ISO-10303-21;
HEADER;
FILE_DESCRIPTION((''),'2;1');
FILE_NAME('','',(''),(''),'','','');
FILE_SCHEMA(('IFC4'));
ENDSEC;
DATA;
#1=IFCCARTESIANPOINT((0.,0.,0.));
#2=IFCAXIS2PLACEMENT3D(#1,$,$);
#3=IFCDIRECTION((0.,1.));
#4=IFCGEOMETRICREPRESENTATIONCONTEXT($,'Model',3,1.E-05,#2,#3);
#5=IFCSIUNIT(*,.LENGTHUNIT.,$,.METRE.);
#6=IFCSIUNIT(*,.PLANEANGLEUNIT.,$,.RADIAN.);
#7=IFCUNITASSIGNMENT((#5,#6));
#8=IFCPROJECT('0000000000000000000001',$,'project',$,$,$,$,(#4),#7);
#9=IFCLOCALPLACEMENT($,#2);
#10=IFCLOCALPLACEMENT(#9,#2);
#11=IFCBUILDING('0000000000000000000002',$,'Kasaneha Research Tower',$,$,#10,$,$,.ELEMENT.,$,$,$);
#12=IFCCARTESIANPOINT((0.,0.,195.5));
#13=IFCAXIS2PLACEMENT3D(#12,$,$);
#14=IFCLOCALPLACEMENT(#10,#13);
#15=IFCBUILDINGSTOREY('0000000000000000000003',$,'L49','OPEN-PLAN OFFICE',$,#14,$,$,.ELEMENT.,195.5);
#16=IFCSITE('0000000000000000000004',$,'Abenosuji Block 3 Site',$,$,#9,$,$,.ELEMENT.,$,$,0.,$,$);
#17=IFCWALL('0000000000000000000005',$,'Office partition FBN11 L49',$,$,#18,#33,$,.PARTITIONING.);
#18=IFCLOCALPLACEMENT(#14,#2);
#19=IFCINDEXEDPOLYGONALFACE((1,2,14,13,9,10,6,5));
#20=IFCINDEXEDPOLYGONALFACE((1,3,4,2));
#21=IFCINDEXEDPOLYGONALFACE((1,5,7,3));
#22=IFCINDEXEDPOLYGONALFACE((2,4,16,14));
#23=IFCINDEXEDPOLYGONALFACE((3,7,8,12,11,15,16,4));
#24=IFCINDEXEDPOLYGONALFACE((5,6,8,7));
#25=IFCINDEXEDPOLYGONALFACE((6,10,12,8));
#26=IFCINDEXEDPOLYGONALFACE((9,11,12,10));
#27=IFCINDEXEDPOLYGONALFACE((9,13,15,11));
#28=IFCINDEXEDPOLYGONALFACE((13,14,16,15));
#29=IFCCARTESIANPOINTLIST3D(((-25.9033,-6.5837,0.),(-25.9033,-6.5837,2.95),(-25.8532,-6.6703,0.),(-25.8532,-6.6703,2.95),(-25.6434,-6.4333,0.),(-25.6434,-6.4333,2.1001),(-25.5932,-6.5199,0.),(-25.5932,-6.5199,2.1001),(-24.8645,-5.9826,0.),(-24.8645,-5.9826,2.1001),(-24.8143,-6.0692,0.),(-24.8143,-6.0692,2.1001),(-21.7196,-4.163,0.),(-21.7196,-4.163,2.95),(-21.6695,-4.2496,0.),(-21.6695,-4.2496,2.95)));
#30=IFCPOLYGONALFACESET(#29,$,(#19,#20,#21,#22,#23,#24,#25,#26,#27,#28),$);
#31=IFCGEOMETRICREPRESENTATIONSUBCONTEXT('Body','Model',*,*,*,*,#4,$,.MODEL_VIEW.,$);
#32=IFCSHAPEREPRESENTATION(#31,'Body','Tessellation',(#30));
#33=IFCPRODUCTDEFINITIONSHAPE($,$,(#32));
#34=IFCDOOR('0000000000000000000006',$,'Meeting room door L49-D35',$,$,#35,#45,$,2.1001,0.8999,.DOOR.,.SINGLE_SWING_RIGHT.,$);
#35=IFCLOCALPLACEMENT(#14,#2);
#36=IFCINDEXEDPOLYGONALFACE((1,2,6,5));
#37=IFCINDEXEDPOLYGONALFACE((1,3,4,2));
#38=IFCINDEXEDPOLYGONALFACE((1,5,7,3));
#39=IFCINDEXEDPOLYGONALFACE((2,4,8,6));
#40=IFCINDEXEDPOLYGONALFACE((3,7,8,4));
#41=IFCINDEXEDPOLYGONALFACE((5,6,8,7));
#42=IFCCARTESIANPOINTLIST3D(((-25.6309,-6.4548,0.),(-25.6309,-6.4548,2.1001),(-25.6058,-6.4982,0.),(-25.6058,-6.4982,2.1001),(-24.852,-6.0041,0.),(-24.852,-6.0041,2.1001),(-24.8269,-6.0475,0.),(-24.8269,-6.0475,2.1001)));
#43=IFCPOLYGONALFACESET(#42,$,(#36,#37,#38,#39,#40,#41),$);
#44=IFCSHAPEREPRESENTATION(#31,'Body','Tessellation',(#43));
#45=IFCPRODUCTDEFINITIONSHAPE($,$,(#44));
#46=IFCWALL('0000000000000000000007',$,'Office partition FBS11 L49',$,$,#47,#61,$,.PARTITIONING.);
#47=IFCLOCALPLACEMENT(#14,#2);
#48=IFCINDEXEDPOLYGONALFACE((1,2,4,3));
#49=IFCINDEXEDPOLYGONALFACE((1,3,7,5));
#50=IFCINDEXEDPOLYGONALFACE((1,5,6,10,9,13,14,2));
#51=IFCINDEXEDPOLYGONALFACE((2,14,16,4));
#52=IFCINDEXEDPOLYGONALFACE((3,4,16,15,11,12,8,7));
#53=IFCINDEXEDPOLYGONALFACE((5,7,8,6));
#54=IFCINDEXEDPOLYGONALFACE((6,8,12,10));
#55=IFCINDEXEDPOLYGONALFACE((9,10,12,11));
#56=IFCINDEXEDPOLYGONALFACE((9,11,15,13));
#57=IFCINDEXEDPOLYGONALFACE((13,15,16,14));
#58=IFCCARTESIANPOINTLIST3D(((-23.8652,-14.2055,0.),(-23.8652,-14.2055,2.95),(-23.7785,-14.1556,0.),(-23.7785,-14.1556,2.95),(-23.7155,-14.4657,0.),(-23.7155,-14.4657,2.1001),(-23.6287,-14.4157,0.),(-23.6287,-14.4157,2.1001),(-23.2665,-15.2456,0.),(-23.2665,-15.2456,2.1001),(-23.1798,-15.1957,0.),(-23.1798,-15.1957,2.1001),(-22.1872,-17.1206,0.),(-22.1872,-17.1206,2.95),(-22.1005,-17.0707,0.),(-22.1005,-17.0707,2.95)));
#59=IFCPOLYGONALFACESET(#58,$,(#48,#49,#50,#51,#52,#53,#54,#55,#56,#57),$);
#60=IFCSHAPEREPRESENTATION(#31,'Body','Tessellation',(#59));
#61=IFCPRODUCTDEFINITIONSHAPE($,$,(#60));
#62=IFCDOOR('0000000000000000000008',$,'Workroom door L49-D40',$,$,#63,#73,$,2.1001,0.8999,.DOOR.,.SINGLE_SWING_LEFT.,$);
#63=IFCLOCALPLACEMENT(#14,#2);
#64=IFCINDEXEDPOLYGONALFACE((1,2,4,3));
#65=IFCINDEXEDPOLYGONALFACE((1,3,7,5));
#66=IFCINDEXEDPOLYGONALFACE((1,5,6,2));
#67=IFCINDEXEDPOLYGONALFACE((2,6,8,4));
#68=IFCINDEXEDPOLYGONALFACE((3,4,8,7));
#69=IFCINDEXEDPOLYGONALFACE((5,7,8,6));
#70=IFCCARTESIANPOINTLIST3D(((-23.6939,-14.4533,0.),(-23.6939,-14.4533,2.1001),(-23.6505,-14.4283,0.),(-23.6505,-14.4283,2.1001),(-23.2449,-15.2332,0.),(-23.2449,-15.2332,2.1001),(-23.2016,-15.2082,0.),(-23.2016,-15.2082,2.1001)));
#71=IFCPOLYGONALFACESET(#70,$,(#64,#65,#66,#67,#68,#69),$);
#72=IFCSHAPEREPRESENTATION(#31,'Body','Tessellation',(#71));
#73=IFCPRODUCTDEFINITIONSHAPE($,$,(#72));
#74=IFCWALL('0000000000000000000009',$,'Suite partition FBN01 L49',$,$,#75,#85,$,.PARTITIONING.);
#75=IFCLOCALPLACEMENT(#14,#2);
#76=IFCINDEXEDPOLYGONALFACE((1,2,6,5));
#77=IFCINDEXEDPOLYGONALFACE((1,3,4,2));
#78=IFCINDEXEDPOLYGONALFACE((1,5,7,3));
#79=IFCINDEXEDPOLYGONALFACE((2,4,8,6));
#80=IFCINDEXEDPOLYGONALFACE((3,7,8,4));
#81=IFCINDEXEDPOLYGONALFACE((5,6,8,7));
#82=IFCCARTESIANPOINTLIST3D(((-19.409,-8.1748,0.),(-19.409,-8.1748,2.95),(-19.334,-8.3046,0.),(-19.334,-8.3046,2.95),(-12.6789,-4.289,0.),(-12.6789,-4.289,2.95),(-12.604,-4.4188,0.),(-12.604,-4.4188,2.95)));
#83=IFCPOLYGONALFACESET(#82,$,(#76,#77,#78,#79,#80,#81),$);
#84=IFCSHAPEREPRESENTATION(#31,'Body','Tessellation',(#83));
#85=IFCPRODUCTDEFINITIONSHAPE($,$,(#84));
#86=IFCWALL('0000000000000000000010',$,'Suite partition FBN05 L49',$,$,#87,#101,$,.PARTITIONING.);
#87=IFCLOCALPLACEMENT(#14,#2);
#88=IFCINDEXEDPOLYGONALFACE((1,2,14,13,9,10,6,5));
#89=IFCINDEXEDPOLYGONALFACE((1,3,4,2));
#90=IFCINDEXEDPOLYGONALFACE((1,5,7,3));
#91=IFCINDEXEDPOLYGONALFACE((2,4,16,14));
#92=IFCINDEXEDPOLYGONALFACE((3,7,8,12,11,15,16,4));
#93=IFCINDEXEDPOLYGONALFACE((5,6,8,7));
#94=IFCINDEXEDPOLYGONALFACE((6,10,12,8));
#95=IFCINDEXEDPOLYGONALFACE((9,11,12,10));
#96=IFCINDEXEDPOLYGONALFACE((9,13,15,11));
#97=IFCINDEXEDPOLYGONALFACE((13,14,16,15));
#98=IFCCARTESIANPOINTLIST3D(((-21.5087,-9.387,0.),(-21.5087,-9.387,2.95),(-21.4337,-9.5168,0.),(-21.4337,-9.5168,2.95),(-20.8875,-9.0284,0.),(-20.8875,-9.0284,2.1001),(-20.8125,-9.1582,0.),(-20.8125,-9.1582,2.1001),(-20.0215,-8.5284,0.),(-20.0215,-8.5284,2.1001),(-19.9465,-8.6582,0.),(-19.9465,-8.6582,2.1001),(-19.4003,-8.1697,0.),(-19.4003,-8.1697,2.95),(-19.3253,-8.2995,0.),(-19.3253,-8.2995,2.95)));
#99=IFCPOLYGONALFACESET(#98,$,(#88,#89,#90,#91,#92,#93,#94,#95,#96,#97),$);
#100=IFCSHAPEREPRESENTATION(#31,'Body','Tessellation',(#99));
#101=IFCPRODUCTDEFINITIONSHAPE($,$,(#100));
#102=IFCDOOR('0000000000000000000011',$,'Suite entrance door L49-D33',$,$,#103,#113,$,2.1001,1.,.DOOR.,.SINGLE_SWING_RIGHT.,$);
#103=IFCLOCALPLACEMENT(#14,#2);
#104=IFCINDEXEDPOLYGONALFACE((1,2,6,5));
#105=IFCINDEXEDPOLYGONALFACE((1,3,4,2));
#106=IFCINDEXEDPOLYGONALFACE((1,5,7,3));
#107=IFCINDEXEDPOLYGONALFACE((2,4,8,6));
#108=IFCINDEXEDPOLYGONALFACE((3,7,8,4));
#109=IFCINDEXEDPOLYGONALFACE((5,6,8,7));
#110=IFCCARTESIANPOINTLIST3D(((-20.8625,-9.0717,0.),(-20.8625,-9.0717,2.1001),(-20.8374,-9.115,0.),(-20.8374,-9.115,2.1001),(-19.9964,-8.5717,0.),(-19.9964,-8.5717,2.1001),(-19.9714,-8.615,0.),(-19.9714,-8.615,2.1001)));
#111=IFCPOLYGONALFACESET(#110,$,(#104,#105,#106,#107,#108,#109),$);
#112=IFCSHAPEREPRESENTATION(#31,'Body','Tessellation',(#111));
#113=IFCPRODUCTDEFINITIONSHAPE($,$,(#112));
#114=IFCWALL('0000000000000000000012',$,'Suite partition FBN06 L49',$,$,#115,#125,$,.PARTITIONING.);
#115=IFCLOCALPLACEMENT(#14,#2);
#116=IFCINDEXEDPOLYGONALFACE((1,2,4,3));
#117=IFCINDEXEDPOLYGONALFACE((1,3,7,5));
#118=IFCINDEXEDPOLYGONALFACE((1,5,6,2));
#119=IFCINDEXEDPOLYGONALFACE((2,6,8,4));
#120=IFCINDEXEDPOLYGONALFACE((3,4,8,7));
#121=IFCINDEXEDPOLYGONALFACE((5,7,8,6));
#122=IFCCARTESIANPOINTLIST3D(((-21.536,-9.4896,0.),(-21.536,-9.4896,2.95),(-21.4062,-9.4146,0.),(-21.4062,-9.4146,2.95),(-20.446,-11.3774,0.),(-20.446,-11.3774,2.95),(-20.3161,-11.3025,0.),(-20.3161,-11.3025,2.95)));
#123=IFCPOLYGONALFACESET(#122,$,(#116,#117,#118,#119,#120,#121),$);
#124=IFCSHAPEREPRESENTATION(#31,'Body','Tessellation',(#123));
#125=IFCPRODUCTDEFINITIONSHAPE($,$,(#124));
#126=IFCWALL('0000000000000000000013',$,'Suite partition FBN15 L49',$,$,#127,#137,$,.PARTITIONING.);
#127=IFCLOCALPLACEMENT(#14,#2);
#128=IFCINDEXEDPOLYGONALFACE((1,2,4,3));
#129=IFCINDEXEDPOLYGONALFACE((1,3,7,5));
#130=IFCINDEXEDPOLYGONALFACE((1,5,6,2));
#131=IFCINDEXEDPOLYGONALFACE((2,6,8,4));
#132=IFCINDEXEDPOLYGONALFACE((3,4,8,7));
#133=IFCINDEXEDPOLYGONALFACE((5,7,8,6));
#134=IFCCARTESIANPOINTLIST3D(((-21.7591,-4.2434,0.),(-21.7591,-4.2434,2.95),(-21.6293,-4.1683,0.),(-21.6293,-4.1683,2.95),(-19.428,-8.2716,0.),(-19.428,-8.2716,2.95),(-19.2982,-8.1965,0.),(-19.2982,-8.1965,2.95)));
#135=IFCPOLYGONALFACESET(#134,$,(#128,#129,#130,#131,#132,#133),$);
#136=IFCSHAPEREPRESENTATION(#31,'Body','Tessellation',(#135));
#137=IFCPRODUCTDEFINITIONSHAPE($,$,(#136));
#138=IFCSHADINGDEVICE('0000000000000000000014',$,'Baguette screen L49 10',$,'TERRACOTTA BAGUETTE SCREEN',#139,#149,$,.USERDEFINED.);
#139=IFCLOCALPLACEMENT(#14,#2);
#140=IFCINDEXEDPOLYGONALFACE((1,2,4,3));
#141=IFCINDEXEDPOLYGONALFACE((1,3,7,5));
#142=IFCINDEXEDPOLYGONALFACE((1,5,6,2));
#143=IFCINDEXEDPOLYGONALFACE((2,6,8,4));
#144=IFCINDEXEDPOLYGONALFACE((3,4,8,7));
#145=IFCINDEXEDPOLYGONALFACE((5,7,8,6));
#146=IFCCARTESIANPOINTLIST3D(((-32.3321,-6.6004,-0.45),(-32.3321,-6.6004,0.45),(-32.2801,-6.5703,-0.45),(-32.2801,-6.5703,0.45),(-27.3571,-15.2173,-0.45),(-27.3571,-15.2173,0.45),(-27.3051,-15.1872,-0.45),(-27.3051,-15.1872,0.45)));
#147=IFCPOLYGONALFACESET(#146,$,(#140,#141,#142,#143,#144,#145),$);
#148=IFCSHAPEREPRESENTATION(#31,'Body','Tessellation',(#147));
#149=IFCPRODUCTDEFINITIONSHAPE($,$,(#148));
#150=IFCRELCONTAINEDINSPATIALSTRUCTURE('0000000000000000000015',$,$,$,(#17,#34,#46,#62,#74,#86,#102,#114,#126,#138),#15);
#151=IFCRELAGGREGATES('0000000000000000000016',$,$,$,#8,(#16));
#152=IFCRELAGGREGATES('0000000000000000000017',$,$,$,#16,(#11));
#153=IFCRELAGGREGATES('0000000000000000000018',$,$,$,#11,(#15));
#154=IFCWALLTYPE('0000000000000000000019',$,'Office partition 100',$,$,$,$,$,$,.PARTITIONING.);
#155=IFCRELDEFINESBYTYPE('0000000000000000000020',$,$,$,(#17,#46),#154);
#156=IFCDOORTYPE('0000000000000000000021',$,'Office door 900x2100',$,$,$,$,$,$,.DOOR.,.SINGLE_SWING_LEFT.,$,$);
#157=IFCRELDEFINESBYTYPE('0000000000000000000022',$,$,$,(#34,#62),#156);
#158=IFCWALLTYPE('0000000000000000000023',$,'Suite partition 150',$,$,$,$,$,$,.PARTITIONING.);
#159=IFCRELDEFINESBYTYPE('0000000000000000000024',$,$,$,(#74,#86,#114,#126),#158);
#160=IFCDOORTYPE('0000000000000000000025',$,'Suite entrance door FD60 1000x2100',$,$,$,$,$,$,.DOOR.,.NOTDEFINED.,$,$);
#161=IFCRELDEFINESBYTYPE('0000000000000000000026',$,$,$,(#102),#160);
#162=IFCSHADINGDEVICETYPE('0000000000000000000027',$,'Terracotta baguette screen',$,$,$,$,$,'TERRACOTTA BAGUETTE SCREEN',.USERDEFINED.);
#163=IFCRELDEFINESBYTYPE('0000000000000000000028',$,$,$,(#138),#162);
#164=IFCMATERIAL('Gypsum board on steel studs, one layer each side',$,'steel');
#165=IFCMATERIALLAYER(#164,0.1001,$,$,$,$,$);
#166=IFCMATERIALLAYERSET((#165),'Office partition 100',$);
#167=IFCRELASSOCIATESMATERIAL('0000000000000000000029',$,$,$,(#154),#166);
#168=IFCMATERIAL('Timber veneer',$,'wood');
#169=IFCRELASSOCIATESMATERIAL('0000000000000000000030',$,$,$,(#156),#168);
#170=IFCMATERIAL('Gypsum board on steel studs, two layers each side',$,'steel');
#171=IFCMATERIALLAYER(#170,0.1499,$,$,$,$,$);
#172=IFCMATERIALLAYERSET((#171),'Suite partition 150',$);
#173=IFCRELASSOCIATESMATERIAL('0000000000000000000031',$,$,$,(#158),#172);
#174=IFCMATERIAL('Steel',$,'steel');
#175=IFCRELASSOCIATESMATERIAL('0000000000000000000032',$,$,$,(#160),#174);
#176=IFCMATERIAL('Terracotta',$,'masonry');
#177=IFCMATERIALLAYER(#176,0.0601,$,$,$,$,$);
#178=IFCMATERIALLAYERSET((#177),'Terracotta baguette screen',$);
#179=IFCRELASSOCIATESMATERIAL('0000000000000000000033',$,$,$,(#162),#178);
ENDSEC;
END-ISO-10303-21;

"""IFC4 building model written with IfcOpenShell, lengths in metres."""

from ifc_helpers import new_model, si_unit, direction, frame, frame_2d, origin, origin_2d, place, context, subcontext, project, spatial, rectangle, extrude, material, layer, layer_set, type_object, element, fill, save


model = new_model("IFC4")

# Units and contexts
model_context = context("Model", 3, precision=1e-05, world=origin(), true_north=direction((0.0, 1.0)))
body_context = subcontext(model_context, "Body", "Model", "MODEL_VIEW")
ifc_project = project(units=[si_unit("LENGTHUNIT", "METRE"), si_unit("PLANEANGLEUNIT", "RADIAN")], contexts=[model_context])

# Site, building, storey
site_placement = place(None, origin())
site = spatial("IfcSite", under=ifc_project, at=site_placement, Name="Abenosuji Block 3 Site", CompositionType="ELEMENT", RefElevation=0.0)
building_placement = place(site_placement, origin())
building = spatial("IfcBuilding", under=site, at=building_placement, Name="Kasaneha Research Tower", CompositionType="ELEMENT")
storey_placement = place(building_placement, frame((0.0, 0.0, 195.5)))
storey = spatial("IfcBuildingStorey", under=building, at=storey_placement, Name="L49", Description="OPEN-PLAN OFFICE", CompositionType="ELEMENT", Elevation=195.5)

# Shared definitions
ifc_material_1 = material(Name="Gypsum board on steel studs, one layer each side", Category="steel")
ifc_layer_1 = layer(ifc_material_1, 0.1001)
ifc_layer_set_1 = layer_set([ifc_layer_1], Name="Office partition 100")
wall_type_1 = type_object("IfcWallType", Name="Office partition 100", PredefinedType="PARTITIONING", material=ifc_layer_set_1)

# Walls, openings, doors
ifc_material_2 = material(Name="Timber veneer", Category="wood")
door_type_1 = type_object("IfcDoorType", Name="Office door 900x2100", OperationType="SINGLE_SWING_LEFT", PredefinedType="DOOR", material=ifc_material_2)
wall_1_placement = place(storey_placement, frame((-21.6946, -4.2063, 0.0), z_axis=(0.0, 0.0, 1.0), x_axis=(-0.865554, -0.500815, 0.0)))
wall_1 = element("IfcWall", 1, at=wall_1_placement, inside=storey, type_object=wall_type_1, Name="Office partition FBN11 L49", PredefinedType="PARTITIONING", context=body_context, shape_type="SweptSolid", body=[
    extrude(rectangle(XDim=4.8335, YDim=0.1001, at=frame_2d((2.4167, 0.0))), origin(), (0.0, 0.0, 1.0), 2.95),
])
opening_1_placement = place(wall_1_placement, frame((3.6333, 0.0, 0.0)))
opening_1 = element("IfcOpeningElement", 2, at=opening_1_placement, cuts=wall_1, PredefinedType="OPENING", context=body_context, shape_type="SweptSolid", body=[
    extrude(rectangle(XDim=0.8999, YDim=2.1001, at=frame_2d((0.45, 1.05))), frame((0.0, 0.0601, 0.0), z_axis=(0.0, -1.0, 0.0), x_axis=(1.0, 0.0, 0.0)), (0.0, 0.0, 1.0), 0.1201),
])
door_1_placement = place(opening_1_placement, origin())
door_1 = element("IfcDoor", 3, at=door_1_placement, inside=storey, type_object=door_type_1, Name="Meeting room door L49-D35", OperationType="SINGLE_SWING_RIGHT", OverallHeight=2.1001, OverallWidth=0.8999, PredefinedType="DOOR", context=body_context, shape_type="SweptSolid", body=[
    extrude(rectangle(XDim=0.8999, YDim=2.1001, at=frame_2d((0.45, 1.05))), frame((0.0, 0.0249, 0.0), z_axis=(0.0, -1.0, 0.0), x_axis=(1.0, 0.0, 0.0)), (0.0, 0.0, 1.0), 0.05),
])
fill(opening_1, door_1)
wall_2_placement = place(storey_placement, frame((-23.8218, -14.1807, 0.0), z_axis=(0.0, 0.0, 1.0), x_axis=(0.49888, -0.866671, 0.0)))
wall_2 = element("IfcWall", 4, at=wall_2_placement, inside=storey, type_object=wall_type_1, Name="Office partition FBS11 L49", PredefinedType="PARTITIONING", context=body_context, shape_type="SweptSolid", body=[
    extrude(rectangle(XDim=3.3635, YDim=0.1001, at=frame_2d((1.6816, 0.0))), origin(), (0.0, 0.0, 1.0), 2.95),
])
opening_2_placement = place(wall_2_placement, frame((0.3, 0.0, 0.0)))
opening_2 = element("IfcOpeningElement", 5, at=opening_2_placement, cuts=wall_2, PredefinedType="OPENING", context=body_context, shape_type="SweptSolid", body=[
    extrude(rectangle(XDim=0.8999, YDim=2.1001, at=frame_2d((0.45, 1.05))), frame((0.0, 0.0601, 0.0), z_axis=(0.0, -1.0, 0.0), x_axis=(1.0, 0.0, 0.0)), (0.0, 0.0, 1.0), 0.1201),
])
door_2_placement = place(opening_2_placement, origin())
door_2 = element("IfcDoor", 6, at=door_2_placement, inside=storey, type_object=door_type_1, Name="Workroom door L49-D40", OperationType="SINGLE_SWING_LEFT", OverallHeight=2.1001, OverallWidth=0.8999, PredefinedType="DOOR", context=body_context, shape_type="SweptSolid", body=[
    extrude(rectangle(XDim=0.8999, YDim=2.1001, at=frame_2d((0.45, 1.05))), frame((0.0, 0.0249, 0.0), z_axis=(0.0, -1.0, 0.0), x_axis=(1.0, 0.0, 0.0)), (0.0, 0.0, 1.0), 0.05),
])
fill(opening_2, door_2)

# Wall
ifc_material_3 = material(Name="Gypsum board on steel studs, two layers each side", Category="steel")
ifc_layer_2 = layer(ifc_material_3, 0.1499)
ifc_layer_set_2 = layer_set([ifc_layer_2], Name="Suite partition 150")
wall_type_2 = type_object("IfcWallType", Name="Suite partition 150", PredefinedType="PARTITIONING", material=ifc_layer_set_2)
wall_3_placement = place(storey_placement, frame((-19.3716, -8.2397, 0.0), z_axis=(0.0, 0.0, 1.0), x_axis=(0.866015, 0.500018, 0.0)))
element("IfcWall", 7, at=wall_3_placement, inside=storey, type_object=wall_type_2, Name="Suite partition FBN01 L49", PredefinedType="PARTITIONING", context=body_context, shape_type="SweptSolid", body=[
    extrude(rectangle(XDim=7.7712, YDim=0.1499, at=frame_2d((3.8857, 0.0))), origin(), (0.0, 0.0, 1.0), 2.95),
])

# Wall, opening, door
wall_4_placement = place(storey_placement, frame((-21.4712, -9.4519, 0.0), z_axis=(0.0, 0.0, 1.0), x_axis=(0.866025, 0.5, 0.0)))
wall_4 = element("IfcWall", 8, at=wall_4_placement, inside=storey, type_object=wall_type_2, Name="Suite partition FBN05 L49", PredefinedType="PARTITIONING", context=body_context, shape_type="SweptSolid", body=[
    extrude(rectangle(XDim=2.4346, YDim=0.1499, at=frame_2d((1.2173, 0.0))), origin(), (0.0, 0.0, 1.0), 2.95),
])
opening_3_placement = place(wall_4_placement, frame((0.7173, 0.0, 0.0)))
opening_3 = element("IfcOpeningElement", 9, at=opening_3_placement, cuts=wall_4, PredefinedType="OPENING", context=body_context, shape_type="SweptSolid", body=[
    extrude(rectangle(XDim=1.0, YDim=2.1001, at=frame_2d((0.5, 1.05))), frame((0.0, 0.085, 0.0), z_axis=(0.0, -1.0, 0.0), x_axis=(1.0, 0.0, 0.0)), (0.0, 0.0, 1.0), 0.1699),
])
ifc_material_4 = material(Name="Steel", Category="steel")
door_type_2 = type_object("IfcDoorType", Name="Suite entrance door FD60 1000x2100", OperationType="NOTDEFINED", PredefinedType="DOOR", material=ifc_material_4)
door_3_placement = place(opening_3_placement, origin())
door_3 = element("IfcDoor", 10, at=door_3_placement, inside=storey, type_object=door_type_2, Name="Suite entrance door L49-D33", OperationType="SINGLE_SWING_RIGHT", OverallHeight=2.1001, OverallWidth=1.0, PredefinedType="DOOR", context=body_context, shape_type="SweptSolid", body=[
    extrude(rectangle(XDim=1.0, YDim=2.1001, at=frame_2d((0.5, 1.05))), frame((0.0, 0.0249, 0.0), z_axis=(0.0, -1.0, 0.0), x_axis=(1.0, 0.0, 0.0)), (0.0, 0.0, 1.0), 0.05),
])
fill(opening_3, door_3)

# Walls
wall_5_placement = place(storey_placement, frame((-20.3811, -11.3398, 0.0), z_axis=(0.0, 0.0, 1.0), x_axis=(-0.500029, 0.866008, 0.0)))
element("IfcWall", 11, at=wall_5_placement, inside=storey, type_object=wall_type_2, Name="Suite partition FBN06 L49", PredefinedType="PARTITIONING", context=body_context, shape_type="SweptSolid", body=[
    extrude(rectangle(XDim=2.1799, YDim=0.1499, at=frame_2d((1.0898, 0.0))), origin(), (0.0, 0.0, 1.0), 2.95),
])
wall_6_placement = place(storey_placement, frame((-19.363, -8.2341, 0.0), z_axis=(0.0, 0.0, 1.0), x_axis=(-0.500877, 0.865518, 0.0)))
element("IfcWall", 12, at=wall_6_placement, inside=storey, type_object=wall_type_2, Name="Suite partition FBN15 L49", PredefinedType="PARTITIONING", context=body_context, shape_type="SweptSolid", body=[
    extrude(rectangle(XDim=4.6541, YDim=0.1499, at=frame_2d((2.3271, 0.0))), origin(), (0.0, 0.0, 1.0), 2.95),
])

# Shading device
ifc_material_5 = material(Name="Terracotta", Category="masonry")
ifc_layer_3 = layer(ifc_material_5, 0.0601)
ifc_layer_set_3 = layer_set([ifc_layer_3], Name="Terracotta baguette screen")
shading_device_type = type_object("IfcShadingDeviceType", Name="Terracotta baguette screen", ElementType="TERRACOTTA BAGUETTE SCREEN", PredefinedType="USERDEFINED", material=ifc_layer_set_3)
shading_device_placement = place(storey_placement, frame((-29.8186, -10.8938, -0.45), z_axis=(0.0, 0.0, 1.0), x_axis=(0.5, -0.866025, 0.0)))
element("IfcShadingDevice", 13, at=shading_device_placement, inside=storey, type_object=shading_device_type, Name="Baguette screen L49 10", ObjectType="TERRACOTTA BAGUETTE SCREEN", PredefinedType="USERDEFINED", context=body_context, shape_type="SweptSolid", body=[
    extrude(rectangle(XDim=9.95, YDim=0.0601, at=origin_2d()), origin(), (0.0, 0.0, 1.0), 0.8999),
])

save(model, "model.ifc")
